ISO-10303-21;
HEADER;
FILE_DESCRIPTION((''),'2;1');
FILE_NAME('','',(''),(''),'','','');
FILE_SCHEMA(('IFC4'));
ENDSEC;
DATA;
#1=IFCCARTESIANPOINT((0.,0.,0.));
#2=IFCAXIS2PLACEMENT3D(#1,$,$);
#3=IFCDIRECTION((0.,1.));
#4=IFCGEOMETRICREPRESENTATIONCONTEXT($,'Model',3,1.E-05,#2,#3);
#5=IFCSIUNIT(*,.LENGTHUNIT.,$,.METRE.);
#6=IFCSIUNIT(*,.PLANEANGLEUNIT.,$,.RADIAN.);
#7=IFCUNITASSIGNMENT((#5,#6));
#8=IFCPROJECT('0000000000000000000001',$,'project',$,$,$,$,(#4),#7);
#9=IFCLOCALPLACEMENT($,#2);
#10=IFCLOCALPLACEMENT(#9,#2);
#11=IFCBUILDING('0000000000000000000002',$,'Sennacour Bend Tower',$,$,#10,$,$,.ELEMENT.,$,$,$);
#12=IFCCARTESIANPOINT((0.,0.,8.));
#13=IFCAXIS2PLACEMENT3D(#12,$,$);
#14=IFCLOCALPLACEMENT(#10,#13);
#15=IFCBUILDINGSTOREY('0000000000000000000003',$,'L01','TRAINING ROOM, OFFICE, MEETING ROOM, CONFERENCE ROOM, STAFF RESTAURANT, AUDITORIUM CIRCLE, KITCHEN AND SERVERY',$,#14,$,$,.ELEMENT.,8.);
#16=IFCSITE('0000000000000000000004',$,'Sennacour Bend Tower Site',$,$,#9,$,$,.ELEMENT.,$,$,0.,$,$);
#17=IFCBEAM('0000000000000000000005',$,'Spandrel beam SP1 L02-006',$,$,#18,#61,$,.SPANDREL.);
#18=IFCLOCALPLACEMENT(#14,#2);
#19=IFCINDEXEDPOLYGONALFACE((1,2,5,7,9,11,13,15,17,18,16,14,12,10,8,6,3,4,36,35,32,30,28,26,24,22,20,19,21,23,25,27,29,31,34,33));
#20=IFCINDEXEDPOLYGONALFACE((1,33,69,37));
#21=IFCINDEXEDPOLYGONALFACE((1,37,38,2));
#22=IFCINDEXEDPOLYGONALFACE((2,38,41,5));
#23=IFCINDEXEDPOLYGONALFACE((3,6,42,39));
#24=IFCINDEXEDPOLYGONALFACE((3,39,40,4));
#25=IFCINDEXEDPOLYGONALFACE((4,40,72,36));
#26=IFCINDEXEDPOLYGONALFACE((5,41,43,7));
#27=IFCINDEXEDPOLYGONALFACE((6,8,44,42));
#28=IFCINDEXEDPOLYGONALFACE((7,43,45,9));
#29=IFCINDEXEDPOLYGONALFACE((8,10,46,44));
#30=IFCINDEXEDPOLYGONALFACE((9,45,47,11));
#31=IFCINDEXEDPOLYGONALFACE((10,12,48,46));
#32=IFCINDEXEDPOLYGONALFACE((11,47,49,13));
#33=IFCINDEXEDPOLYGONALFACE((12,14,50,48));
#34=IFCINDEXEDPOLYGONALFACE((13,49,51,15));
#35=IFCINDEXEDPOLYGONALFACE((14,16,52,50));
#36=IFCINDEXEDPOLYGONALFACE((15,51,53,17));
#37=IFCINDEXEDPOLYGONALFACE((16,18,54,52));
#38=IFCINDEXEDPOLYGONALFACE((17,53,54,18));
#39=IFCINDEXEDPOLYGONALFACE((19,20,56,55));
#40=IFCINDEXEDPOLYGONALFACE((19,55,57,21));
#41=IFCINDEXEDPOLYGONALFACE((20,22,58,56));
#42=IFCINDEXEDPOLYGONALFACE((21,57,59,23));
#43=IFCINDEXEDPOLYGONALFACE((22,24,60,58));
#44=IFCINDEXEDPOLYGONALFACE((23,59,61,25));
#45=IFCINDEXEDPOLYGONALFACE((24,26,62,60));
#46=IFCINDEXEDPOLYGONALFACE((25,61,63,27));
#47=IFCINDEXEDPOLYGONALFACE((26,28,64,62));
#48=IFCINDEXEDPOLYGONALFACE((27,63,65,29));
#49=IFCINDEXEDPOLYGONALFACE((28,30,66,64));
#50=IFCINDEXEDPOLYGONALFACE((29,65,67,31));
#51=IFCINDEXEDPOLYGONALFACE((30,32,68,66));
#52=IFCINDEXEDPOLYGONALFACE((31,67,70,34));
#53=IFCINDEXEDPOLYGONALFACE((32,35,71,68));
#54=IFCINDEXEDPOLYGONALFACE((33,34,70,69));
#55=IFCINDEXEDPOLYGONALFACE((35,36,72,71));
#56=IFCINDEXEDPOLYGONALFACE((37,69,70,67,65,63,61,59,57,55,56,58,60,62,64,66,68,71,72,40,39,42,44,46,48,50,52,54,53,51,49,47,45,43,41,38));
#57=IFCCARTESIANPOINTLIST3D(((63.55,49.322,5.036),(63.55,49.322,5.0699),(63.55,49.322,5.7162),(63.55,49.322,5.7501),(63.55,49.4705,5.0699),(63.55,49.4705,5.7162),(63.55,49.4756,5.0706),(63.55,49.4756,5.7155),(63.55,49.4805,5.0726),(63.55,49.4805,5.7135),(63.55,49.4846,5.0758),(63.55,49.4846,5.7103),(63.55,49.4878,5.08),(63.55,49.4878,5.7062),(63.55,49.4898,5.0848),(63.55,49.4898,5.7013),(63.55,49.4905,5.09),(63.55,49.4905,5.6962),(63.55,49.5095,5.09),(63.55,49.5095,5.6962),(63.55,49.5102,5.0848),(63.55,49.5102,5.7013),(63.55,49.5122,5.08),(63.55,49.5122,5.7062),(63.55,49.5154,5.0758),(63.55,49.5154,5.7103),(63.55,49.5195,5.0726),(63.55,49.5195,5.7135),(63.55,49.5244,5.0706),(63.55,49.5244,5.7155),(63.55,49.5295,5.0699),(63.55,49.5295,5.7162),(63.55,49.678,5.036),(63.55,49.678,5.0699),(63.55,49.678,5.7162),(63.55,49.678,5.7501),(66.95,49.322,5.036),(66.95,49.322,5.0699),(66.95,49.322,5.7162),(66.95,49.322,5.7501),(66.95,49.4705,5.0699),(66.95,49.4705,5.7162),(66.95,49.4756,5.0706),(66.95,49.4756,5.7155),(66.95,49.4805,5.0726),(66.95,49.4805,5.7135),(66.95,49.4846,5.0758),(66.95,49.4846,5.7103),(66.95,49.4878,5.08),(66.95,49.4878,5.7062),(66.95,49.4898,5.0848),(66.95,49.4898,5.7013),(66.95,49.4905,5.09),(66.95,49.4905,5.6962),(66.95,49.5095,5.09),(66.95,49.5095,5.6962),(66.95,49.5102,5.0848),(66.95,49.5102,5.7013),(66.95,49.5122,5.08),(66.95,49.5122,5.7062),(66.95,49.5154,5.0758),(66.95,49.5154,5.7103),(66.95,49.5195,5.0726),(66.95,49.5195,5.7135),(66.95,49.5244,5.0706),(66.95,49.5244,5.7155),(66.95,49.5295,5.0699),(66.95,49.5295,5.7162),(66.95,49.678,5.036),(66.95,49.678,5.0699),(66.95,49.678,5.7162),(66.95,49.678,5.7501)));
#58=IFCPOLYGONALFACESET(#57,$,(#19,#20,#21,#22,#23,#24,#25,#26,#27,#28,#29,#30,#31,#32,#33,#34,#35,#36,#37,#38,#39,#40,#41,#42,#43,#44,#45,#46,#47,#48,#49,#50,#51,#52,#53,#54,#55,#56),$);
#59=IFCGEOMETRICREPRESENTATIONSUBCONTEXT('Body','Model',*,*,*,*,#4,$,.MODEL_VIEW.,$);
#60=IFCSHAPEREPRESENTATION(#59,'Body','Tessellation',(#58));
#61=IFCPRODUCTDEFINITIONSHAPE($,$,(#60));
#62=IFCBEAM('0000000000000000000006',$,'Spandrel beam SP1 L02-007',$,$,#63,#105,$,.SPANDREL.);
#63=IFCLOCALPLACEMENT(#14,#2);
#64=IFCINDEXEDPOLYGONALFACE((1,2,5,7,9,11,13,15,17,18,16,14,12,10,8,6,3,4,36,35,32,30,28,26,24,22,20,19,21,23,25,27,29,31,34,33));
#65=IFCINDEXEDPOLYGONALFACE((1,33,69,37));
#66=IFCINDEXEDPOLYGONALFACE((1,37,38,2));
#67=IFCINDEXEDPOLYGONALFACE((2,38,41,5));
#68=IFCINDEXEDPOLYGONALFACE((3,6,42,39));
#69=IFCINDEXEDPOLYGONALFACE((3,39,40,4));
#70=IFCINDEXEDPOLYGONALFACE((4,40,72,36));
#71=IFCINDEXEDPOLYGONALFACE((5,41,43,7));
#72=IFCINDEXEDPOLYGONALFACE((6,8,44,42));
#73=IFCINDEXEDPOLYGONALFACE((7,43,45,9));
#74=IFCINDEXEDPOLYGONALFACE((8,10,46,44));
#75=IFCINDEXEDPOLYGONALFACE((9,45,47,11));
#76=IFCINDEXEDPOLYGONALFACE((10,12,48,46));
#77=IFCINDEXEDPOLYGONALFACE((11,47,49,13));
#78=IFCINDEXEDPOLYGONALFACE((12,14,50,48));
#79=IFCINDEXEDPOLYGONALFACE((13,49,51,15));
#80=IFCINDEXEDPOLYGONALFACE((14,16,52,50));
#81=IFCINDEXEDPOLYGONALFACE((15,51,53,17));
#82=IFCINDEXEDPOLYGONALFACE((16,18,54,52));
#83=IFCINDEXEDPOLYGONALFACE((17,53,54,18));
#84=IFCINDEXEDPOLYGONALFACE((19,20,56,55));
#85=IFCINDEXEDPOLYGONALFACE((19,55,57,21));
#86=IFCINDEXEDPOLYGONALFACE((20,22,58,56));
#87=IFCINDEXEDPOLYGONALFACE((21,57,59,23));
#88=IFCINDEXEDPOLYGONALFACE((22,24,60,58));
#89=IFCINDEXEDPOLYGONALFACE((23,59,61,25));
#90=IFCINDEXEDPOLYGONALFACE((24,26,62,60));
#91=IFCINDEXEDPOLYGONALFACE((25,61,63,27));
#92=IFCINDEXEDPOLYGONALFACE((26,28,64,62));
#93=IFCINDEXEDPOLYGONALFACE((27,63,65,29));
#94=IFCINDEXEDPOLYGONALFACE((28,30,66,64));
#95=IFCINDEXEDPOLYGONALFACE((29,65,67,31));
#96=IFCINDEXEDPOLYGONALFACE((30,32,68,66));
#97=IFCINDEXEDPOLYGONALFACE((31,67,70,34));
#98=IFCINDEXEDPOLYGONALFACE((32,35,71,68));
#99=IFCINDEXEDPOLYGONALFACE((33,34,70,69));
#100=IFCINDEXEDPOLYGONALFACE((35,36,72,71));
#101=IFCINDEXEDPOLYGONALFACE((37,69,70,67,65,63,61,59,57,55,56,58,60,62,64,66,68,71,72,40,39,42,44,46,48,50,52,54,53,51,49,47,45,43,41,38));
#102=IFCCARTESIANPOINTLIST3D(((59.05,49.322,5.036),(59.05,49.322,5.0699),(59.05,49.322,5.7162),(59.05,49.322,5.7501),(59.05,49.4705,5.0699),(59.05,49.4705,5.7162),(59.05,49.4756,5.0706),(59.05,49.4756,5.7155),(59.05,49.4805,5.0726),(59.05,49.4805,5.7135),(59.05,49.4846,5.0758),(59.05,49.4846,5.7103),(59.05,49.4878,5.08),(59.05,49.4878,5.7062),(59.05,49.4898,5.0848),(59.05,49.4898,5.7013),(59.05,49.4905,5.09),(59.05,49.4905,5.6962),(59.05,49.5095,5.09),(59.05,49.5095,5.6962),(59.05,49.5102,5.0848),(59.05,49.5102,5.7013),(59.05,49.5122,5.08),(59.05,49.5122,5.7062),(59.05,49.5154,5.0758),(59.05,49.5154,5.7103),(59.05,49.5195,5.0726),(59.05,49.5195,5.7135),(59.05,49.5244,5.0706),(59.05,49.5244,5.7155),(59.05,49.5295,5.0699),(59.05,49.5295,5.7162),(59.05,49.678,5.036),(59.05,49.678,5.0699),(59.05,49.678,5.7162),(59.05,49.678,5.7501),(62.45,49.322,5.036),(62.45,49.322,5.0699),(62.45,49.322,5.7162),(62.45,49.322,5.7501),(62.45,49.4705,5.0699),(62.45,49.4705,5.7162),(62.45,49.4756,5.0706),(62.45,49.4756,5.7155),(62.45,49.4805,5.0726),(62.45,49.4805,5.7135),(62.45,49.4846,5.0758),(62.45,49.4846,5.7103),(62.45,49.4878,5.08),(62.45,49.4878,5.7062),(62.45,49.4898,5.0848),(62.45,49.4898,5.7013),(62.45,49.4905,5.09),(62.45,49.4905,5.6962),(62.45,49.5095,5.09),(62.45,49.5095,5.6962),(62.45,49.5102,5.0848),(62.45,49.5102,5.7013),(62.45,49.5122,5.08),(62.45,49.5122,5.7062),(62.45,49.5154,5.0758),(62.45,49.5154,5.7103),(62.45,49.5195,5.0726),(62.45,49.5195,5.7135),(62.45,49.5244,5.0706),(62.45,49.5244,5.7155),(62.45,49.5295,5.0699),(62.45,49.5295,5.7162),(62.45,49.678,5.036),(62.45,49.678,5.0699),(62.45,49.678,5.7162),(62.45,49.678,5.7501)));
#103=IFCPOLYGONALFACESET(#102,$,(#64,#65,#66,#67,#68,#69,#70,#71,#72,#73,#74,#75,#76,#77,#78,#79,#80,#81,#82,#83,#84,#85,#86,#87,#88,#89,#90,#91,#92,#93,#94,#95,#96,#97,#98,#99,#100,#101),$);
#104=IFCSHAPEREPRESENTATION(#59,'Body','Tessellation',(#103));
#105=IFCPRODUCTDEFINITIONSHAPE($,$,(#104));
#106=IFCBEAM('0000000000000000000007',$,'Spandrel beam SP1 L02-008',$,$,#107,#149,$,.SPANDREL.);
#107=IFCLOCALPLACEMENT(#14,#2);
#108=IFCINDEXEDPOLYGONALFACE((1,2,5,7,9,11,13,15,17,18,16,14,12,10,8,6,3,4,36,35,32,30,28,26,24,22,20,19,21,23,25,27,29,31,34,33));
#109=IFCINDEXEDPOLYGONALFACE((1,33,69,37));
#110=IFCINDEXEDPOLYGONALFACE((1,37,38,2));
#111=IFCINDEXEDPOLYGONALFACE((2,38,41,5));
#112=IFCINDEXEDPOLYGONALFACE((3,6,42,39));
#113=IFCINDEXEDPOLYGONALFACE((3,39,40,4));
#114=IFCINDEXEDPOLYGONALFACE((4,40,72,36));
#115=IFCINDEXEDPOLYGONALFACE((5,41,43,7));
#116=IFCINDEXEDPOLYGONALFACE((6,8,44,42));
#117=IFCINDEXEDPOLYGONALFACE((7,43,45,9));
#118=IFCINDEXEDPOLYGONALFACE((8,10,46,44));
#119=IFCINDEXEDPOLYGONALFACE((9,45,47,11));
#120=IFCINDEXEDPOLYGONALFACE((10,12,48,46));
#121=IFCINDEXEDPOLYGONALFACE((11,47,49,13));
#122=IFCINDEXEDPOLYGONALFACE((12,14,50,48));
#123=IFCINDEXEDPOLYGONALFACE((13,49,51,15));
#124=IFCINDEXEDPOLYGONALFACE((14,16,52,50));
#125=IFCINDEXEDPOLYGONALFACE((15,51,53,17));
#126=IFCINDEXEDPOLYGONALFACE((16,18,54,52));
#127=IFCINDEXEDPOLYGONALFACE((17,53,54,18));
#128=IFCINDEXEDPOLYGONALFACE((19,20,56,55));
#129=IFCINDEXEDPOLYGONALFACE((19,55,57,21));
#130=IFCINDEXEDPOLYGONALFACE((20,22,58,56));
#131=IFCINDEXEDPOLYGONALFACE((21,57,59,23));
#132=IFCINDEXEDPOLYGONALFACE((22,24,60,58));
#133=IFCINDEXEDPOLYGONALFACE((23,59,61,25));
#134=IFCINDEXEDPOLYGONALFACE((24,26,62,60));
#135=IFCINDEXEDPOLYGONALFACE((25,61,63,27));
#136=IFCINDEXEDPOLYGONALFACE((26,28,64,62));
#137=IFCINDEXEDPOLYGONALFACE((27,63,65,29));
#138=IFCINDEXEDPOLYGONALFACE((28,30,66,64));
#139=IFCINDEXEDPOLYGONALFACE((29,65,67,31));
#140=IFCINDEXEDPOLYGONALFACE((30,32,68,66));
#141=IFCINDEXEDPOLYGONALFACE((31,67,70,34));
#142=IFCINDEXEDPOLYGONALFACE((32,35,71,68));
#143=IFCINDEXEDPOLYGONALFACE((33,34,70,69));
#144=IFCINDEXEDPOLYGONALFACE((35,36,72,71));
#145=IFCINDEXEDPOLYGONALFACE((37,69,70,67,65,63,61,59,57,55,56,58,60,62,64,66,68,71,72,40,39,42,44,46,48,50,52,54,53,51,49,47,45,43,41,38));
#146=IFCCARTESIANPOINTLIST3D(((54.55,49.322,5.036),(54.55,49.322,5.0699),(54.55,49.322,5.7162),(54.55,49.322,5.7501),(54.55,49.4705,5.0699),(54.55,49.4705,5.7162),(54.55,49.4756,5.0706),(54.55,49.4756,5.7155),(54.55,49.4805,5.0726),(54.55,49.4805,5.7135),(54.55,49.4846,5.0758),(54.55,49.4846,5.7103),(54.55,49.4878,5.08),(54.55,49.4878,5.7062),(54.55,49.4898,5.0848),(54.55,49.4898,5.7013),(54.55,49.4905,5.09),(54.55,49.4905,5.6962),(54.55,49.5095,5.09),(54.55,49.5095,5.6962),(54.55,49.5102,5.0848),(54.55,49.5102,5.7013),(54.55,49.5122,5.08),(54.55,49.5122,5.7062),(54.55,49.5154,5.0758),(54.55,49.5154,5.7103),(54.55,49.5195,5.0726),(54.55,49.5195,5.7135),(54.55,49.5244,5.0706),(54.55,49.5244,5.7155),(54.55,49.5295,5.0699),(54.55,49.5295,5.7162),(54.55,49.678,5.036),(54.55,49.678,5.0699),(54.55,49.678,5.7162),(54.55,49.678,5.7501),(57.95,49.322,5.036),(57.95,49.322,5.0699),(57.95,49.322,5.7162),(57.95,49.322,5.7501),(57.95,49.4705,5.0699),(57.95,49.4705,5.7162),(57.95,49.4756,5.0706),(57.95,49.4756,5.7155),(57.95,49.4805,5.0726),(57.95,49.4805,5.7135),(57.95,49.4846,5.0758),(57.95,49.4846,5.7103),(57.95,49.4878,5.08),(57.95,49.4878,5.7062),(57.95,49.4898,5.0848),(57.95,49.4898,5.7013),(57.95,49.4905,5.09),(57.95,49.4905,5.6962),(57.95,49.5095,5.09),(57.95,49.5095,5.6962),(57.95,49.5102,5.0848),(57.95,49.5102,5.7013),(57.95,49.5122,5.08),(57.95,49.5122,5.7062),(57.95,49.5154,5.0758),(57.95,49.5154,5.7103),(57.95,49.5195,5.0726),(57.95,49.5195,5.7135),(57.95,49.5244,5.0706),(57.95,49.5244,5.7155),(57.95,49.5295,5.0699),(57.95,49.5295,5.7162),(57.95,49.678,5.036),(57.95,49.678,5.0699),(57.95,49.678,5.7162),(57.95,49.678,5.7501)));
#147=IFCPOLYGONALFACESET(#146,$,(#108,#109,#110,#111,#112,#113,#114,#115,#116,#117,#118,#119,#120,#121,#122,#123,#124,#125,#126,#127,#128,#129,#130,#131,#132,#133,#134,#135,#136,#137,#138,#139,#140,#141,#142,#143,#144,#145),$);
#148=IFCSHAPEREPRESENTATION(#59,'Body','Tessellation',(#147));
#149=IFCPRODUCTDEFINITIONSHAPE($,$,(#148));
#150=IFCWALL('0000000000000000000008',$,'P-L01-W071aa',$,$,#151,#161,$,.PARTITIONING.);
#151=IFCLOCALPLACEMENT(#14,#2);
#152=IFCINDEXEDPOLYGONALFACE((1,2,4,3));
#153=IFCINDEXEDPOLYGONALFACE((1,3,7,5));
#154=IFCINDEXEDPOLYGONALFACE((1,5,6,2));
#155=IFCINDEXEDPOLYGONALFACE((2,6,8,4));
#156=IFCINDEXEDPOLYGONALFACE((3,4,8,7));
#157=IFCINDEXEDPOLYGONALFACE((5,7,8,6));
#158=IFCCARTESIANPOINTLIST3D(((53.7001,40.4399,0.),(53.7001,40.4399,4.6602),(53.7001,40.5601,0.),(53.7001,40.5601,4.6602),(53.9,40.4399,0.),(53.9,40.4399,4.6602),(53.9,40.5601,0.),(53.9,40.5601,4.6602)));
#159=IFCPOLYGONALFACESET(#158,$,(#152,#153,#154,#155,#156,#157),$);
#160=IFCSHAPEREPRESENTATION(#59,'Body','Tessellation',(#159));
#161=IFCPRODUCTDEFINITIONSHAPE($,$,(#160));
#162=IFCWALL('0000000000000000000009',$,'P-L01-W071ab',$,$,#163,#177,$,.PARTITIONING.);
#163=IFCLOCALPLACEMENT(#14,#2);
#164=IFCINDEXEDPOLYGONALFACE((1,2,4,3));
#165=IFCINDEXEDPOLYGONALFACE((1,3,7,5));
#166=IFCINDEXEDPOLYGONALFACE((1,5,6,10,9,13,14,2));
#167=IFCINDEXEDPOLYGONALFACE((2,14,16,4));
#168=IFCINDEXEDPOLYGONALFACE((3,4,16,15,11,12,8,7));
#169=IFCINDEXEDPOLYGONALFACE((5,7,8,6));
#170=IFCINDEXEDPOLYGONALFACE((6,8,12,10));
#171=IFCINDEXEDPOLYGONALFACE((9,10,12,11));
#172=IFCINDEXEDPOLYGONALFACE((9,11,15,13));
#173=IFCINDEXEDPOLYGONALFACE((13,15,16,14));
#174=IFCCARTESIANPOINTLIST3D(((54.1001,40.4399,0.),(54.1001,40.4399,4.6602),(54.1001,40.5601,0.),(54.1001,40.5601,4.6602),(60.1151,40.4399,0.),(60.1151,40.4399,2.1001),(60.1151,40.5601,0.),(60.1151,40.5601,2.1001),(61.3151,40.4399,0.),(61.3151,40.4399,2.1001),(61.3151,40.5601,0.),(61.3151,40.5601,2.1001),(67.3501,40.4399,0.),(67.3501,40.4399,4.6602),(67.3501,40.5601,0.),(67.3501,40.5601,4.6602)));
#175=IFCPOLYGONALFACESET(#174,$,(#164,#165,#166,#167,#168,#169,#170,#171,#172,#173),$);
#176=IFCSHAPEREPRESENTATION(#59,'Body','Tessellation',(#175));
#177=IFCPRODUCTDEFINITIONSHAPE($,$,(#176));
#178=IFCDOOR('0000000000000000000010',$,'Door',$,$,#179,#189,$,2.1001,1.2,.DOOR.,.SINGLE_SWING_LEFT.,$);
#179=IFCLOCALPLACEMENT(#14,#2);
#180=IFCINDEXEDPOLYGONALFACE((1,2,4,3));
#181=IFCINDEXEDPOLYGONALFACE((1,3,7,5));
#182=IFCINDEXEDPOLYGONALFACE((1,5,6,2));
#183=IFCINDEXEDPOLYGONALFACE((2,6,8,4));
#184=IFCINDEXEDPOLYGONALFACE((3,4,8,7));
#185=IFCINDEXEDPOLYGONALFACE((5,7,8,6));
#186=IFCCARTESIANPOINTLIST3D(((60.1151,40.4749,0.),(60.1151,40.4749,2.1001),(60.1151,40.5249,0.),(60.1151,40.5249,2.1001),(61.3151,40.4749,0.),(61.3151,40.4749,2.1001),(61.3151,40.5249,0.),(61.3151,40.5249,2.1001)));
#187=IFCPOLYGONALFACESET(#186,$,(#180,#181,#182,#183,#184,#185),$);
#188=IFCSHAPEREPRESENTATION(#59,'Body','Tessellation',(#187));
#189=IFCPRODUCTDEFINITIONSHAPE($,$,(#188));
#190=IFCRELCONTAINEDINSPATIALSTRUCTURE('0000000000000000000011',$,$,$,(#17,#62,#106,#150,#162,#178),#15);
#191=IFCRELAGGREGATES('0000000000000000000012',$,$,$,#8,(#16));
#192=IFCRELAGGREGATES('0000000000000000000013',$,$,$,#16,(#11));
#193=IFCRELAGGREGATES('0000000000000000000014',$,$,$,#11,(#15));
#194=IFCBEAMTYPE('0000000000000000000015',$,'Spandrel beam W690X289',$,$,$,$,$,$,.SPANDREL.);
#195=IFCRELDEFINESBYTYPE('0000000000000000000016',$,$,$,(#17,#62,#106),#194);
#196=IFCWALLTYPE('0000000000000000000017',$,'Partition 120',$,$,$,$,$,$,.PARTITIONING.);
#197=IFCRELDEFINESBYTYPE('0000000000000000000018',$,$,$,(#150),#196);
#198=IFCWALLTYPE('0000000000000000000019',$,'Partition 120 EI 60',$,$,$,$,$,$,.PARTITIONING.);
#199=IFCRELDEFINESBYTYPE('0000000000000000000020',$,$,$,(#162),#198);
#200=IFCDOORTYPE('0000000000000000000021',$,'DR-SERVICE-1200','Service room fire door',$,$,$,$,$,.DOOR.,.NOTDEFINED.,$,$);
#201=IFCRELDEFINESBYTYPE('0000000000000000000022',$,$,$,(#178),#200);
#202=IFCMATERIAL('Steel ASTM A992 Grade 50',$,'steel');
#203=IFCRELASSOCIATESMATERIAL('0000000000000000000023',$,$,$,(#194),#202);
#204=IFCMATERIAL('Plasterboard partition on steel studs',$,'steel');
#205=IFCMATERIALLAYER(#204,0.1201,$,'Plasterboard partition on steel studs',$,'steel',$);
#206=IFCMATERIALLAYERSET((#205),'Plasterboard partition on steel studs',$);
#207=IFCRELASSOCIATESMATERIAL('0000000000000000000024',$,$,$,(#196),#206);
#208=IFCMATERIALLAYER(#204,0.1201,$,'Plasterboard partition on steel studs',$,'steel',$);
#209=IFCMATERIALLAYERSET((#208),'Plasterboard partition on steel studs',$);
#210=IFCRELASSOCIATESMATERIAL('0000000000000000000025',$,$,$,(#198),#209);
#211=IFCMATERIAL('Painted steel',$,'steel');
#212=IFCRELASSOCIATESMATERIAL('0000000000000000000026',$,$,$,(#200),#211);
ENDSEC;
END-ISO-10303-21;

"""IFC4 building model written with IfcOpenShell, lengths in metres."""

from ifc_helpers import new_model, si_unit, direction, frame, frame_2d, origin, origin_2d, place, context, subcontext, project, spatial, rectangle, i_section, extrude, material, layer, layer_set, material_profile, profile_set, type_object, element, fill, save


model = new_model("IFC4")

# Units and contexts
model_context = context("Model", 3, precision=1e-05, world=origin(), true_north=direction((0.0, 1.0)))
body_context = subcontext(model_context, "Body", "Model", "MODEL_VIEW")
ifc_project = project(units=[si_unit("LENGTHUNIT", "METRE"), si_unit("PLANEANGLEUNIT", "RADIAN")], contexts=[model_context])

# Site, building, storey
site_placement = place(None, origin())
site = spatial("IfcSite", under=ifc_project, at=site_placement, Name="Sennacour Bend Tower Site", CompositionType="ELEMENT", RefElevation=0.0)
building_placement = place(site_placement, origin())
building = spatial("IfcBuilding", under=site, at=building_placement, Name="Sennacour Bend Tower", CompositionType="ELEMENT")
storey_placement = place(building_placement, frame((0.0, 0.0, 8.0)))
storey = spatial("IfcBuildingStorey", under=building, at=storey_placement, Name="L01", Description="TRAINING ROOM, OFFICE, MEETING ROOM, CONFERENCE ROOM, STAFF RESTAURANT, AUDITORIUM CIRCLE, KITCHEN AND SERVERY", CompositionType="ELEMENT", Elevation=8.0)

# Beams
ifc_material_1 = material(Name="Steel ASTM A992 Grade 50", Category="steel")
ifc_material_profile_1 = material_profile(ifc_material_1, i_section(OverallWidth=0.356, OverallDepth=0.7141, WebThickness=0.019, FlangeThickness=0.0339, FilletRadius=0.02, at=origin_2d()), Name="Steel ASTM A992 Grade 50", Category="steel")
ifc_profile_set_1 = profile_set([ifc_material_profile_1], Name="Steel ASTM A992 Grade 50")
beam_type = type_object("IfcBeamType", Name="Spandrel beam W690X289", PredefinedType="SPANDREL", material=ifc_profile_set_1)
for number, where, z_axis, x_axis, name in (
    (1, (66.95, 49.5, 5.3931), (-1.0, 0.0, 0.0), (0.0, -1.0, 0.0), "Spandrel beam SP1 L02-006"),
    (2, (62.45, 49.5, 5.3931), (-1.0, 0.0, 0.0), (0.0, -1.0, 0.0), "Spandrel beam SP1 L02-007"),
    (3, (57.95, 49.5, 5.3931), (-1.0, 0.0, 0.0), (0.0, -1.0, 0.0), "Spandrel beam SP1 L02-008"),
):
    element("IfcBeam", number, at=place(storey_placement, frame(where, z_axis=z_axis, x_axis=x_axis)), inside=storey, type_object=beam_type, Name=name, PredefinedType="SPANDREL", context=body_context, shape_type="SweptSolid", body=[
        extrude(i_section(OverallWidth=0.356, OverallDepth=0.7141, WebThickness=0.019, FlangeThickness=0.0339, FilletRadius=0.02, at=origin_2d()), origin(), (0.0, 0.0, 1.0), 3.3999),
    ])

# Wall
ifc_material_2 = material(Name="Plasterboard partition on steel studs", Category="steel")
ifc_layer_1 = layer(ifc_material_2, 0.1201, Name="Plasterboard partition on steel studs", Category="steel")
ifc_layer_set_1 = layer_set([ifc_layer_1], Name="Plasterboard partition on steel studs")
wall_type_1 = type_object("IfcWallType", Name="Partition 120", PredefinedType="PARTITIONING", material=ifc_layer_set_1)
wall_1_placement = place(storey_placement, frame((53.7, 40.5, 0.0), z_axis=(0.0, 0.0, 1.0), x_axis=(1.0, 0.0, 0.0)))
element("IfcWall", 4, at=wall_1_placement, inside=storey, type_object=wall_type_1, Name="P-L01-W071aa", PredefinedType="PARTITIONING", context=body_context, shape_type="SweptSolid", body=[
    extrude(rectangle(XDim=0.2, YDim=0.1201, at=frame_2d((0.1001, 0.0))), origin(), (0.0, 0.0, 1.0), 4.6602),
])

# Wall, opening, door
ifc_layer_2 = layer(ifc_material_2, 0.1201, Name="Plasterboard partition on steel studs", Category="steel")
ifc_layer_set_2 = layer_set([ifc_layer_2], Name="Plasterboard partition on steel studs")
wall_type_2 = type_object("IfcWallType", Name="Partition 120 EI 60", PredefinedType="PARTITIONING", material=ifc_layer_set_2)
wall_2_placement = place(storey_placement, frame((54.1001, 40.5, 0.0), z_axis=(0.0, 0.0, 1.0), x_axis=(1.0, 0.0, 0.0)))
wall_2 = element("IfcWall", 5, at=wall_2_placement, inside=storey, type_object=wall_type_2, Name="P-L01-W071ab", PredefinedType="PARTITIONING", context=body_context, shape_type="SweptSolid", body=[
    extrude(rectangle(XDim=13.25, YDim=0.1201, at=frame_2d((6.625, 0.0))), origin(), (0.0, 0.0, 1.0), 4.6602),
])
opening_1_placement = place(wall_2_placement, frame((6.0149, 0.0, 0.0)))
opening_1 = element("IfcOpeningElement", 6, at=opening_1_placement, cuts=wall_2, PredefinedType="OPENING", context=body_context, shape_type="SweptSolid", body=[
    extrude(rectangle(XDim=1.2, YDim=2.1001, at=frame_2d((0.6001, 1.05))), frame((0.0, 0.0701, 0.0), z_axis=(0.0, -1.0, 0.0), x_axis=(1.0, 0.0, 0.0)), (0.0, 0.0, 1.0), 0.1401),
])
ifc_material_3 = material(Name="Painted steel", Category="steel")
door_type = type_object("IfcDoorType", Name="DR-SERVICE-1200", Description="Service room fire door", OperationType="NOTDEFINED", PredefinedType="DOOR", material=ifc_material_3)
door_placement = place(opening_1_placement, origin())
door = element("IfcDoor", 7, at=door_placement, inside=storey, type_object=door_type, Name="Door", OperationType="SINGLE_SWING_LEFT", OverallHeight=2.1001, OverallWidth=1.2, PredefinedType="DOOR", context=body_context, shape_type="SweptSolid", body=[
    extrude(rectangle(XDim=1.2, YDim=2.1001, at=frame_2d((0.6001, 1.05))), frame((0.0, 0.0249, 0.0), z_axis=(0.0, -1.0, 0.0), x_axis=(1.0, 0.0, 0.0)), (0.0, 0.0, 1.0), 0.05),
])
fill(opening_1, door)

save(model, "model.ifc")
